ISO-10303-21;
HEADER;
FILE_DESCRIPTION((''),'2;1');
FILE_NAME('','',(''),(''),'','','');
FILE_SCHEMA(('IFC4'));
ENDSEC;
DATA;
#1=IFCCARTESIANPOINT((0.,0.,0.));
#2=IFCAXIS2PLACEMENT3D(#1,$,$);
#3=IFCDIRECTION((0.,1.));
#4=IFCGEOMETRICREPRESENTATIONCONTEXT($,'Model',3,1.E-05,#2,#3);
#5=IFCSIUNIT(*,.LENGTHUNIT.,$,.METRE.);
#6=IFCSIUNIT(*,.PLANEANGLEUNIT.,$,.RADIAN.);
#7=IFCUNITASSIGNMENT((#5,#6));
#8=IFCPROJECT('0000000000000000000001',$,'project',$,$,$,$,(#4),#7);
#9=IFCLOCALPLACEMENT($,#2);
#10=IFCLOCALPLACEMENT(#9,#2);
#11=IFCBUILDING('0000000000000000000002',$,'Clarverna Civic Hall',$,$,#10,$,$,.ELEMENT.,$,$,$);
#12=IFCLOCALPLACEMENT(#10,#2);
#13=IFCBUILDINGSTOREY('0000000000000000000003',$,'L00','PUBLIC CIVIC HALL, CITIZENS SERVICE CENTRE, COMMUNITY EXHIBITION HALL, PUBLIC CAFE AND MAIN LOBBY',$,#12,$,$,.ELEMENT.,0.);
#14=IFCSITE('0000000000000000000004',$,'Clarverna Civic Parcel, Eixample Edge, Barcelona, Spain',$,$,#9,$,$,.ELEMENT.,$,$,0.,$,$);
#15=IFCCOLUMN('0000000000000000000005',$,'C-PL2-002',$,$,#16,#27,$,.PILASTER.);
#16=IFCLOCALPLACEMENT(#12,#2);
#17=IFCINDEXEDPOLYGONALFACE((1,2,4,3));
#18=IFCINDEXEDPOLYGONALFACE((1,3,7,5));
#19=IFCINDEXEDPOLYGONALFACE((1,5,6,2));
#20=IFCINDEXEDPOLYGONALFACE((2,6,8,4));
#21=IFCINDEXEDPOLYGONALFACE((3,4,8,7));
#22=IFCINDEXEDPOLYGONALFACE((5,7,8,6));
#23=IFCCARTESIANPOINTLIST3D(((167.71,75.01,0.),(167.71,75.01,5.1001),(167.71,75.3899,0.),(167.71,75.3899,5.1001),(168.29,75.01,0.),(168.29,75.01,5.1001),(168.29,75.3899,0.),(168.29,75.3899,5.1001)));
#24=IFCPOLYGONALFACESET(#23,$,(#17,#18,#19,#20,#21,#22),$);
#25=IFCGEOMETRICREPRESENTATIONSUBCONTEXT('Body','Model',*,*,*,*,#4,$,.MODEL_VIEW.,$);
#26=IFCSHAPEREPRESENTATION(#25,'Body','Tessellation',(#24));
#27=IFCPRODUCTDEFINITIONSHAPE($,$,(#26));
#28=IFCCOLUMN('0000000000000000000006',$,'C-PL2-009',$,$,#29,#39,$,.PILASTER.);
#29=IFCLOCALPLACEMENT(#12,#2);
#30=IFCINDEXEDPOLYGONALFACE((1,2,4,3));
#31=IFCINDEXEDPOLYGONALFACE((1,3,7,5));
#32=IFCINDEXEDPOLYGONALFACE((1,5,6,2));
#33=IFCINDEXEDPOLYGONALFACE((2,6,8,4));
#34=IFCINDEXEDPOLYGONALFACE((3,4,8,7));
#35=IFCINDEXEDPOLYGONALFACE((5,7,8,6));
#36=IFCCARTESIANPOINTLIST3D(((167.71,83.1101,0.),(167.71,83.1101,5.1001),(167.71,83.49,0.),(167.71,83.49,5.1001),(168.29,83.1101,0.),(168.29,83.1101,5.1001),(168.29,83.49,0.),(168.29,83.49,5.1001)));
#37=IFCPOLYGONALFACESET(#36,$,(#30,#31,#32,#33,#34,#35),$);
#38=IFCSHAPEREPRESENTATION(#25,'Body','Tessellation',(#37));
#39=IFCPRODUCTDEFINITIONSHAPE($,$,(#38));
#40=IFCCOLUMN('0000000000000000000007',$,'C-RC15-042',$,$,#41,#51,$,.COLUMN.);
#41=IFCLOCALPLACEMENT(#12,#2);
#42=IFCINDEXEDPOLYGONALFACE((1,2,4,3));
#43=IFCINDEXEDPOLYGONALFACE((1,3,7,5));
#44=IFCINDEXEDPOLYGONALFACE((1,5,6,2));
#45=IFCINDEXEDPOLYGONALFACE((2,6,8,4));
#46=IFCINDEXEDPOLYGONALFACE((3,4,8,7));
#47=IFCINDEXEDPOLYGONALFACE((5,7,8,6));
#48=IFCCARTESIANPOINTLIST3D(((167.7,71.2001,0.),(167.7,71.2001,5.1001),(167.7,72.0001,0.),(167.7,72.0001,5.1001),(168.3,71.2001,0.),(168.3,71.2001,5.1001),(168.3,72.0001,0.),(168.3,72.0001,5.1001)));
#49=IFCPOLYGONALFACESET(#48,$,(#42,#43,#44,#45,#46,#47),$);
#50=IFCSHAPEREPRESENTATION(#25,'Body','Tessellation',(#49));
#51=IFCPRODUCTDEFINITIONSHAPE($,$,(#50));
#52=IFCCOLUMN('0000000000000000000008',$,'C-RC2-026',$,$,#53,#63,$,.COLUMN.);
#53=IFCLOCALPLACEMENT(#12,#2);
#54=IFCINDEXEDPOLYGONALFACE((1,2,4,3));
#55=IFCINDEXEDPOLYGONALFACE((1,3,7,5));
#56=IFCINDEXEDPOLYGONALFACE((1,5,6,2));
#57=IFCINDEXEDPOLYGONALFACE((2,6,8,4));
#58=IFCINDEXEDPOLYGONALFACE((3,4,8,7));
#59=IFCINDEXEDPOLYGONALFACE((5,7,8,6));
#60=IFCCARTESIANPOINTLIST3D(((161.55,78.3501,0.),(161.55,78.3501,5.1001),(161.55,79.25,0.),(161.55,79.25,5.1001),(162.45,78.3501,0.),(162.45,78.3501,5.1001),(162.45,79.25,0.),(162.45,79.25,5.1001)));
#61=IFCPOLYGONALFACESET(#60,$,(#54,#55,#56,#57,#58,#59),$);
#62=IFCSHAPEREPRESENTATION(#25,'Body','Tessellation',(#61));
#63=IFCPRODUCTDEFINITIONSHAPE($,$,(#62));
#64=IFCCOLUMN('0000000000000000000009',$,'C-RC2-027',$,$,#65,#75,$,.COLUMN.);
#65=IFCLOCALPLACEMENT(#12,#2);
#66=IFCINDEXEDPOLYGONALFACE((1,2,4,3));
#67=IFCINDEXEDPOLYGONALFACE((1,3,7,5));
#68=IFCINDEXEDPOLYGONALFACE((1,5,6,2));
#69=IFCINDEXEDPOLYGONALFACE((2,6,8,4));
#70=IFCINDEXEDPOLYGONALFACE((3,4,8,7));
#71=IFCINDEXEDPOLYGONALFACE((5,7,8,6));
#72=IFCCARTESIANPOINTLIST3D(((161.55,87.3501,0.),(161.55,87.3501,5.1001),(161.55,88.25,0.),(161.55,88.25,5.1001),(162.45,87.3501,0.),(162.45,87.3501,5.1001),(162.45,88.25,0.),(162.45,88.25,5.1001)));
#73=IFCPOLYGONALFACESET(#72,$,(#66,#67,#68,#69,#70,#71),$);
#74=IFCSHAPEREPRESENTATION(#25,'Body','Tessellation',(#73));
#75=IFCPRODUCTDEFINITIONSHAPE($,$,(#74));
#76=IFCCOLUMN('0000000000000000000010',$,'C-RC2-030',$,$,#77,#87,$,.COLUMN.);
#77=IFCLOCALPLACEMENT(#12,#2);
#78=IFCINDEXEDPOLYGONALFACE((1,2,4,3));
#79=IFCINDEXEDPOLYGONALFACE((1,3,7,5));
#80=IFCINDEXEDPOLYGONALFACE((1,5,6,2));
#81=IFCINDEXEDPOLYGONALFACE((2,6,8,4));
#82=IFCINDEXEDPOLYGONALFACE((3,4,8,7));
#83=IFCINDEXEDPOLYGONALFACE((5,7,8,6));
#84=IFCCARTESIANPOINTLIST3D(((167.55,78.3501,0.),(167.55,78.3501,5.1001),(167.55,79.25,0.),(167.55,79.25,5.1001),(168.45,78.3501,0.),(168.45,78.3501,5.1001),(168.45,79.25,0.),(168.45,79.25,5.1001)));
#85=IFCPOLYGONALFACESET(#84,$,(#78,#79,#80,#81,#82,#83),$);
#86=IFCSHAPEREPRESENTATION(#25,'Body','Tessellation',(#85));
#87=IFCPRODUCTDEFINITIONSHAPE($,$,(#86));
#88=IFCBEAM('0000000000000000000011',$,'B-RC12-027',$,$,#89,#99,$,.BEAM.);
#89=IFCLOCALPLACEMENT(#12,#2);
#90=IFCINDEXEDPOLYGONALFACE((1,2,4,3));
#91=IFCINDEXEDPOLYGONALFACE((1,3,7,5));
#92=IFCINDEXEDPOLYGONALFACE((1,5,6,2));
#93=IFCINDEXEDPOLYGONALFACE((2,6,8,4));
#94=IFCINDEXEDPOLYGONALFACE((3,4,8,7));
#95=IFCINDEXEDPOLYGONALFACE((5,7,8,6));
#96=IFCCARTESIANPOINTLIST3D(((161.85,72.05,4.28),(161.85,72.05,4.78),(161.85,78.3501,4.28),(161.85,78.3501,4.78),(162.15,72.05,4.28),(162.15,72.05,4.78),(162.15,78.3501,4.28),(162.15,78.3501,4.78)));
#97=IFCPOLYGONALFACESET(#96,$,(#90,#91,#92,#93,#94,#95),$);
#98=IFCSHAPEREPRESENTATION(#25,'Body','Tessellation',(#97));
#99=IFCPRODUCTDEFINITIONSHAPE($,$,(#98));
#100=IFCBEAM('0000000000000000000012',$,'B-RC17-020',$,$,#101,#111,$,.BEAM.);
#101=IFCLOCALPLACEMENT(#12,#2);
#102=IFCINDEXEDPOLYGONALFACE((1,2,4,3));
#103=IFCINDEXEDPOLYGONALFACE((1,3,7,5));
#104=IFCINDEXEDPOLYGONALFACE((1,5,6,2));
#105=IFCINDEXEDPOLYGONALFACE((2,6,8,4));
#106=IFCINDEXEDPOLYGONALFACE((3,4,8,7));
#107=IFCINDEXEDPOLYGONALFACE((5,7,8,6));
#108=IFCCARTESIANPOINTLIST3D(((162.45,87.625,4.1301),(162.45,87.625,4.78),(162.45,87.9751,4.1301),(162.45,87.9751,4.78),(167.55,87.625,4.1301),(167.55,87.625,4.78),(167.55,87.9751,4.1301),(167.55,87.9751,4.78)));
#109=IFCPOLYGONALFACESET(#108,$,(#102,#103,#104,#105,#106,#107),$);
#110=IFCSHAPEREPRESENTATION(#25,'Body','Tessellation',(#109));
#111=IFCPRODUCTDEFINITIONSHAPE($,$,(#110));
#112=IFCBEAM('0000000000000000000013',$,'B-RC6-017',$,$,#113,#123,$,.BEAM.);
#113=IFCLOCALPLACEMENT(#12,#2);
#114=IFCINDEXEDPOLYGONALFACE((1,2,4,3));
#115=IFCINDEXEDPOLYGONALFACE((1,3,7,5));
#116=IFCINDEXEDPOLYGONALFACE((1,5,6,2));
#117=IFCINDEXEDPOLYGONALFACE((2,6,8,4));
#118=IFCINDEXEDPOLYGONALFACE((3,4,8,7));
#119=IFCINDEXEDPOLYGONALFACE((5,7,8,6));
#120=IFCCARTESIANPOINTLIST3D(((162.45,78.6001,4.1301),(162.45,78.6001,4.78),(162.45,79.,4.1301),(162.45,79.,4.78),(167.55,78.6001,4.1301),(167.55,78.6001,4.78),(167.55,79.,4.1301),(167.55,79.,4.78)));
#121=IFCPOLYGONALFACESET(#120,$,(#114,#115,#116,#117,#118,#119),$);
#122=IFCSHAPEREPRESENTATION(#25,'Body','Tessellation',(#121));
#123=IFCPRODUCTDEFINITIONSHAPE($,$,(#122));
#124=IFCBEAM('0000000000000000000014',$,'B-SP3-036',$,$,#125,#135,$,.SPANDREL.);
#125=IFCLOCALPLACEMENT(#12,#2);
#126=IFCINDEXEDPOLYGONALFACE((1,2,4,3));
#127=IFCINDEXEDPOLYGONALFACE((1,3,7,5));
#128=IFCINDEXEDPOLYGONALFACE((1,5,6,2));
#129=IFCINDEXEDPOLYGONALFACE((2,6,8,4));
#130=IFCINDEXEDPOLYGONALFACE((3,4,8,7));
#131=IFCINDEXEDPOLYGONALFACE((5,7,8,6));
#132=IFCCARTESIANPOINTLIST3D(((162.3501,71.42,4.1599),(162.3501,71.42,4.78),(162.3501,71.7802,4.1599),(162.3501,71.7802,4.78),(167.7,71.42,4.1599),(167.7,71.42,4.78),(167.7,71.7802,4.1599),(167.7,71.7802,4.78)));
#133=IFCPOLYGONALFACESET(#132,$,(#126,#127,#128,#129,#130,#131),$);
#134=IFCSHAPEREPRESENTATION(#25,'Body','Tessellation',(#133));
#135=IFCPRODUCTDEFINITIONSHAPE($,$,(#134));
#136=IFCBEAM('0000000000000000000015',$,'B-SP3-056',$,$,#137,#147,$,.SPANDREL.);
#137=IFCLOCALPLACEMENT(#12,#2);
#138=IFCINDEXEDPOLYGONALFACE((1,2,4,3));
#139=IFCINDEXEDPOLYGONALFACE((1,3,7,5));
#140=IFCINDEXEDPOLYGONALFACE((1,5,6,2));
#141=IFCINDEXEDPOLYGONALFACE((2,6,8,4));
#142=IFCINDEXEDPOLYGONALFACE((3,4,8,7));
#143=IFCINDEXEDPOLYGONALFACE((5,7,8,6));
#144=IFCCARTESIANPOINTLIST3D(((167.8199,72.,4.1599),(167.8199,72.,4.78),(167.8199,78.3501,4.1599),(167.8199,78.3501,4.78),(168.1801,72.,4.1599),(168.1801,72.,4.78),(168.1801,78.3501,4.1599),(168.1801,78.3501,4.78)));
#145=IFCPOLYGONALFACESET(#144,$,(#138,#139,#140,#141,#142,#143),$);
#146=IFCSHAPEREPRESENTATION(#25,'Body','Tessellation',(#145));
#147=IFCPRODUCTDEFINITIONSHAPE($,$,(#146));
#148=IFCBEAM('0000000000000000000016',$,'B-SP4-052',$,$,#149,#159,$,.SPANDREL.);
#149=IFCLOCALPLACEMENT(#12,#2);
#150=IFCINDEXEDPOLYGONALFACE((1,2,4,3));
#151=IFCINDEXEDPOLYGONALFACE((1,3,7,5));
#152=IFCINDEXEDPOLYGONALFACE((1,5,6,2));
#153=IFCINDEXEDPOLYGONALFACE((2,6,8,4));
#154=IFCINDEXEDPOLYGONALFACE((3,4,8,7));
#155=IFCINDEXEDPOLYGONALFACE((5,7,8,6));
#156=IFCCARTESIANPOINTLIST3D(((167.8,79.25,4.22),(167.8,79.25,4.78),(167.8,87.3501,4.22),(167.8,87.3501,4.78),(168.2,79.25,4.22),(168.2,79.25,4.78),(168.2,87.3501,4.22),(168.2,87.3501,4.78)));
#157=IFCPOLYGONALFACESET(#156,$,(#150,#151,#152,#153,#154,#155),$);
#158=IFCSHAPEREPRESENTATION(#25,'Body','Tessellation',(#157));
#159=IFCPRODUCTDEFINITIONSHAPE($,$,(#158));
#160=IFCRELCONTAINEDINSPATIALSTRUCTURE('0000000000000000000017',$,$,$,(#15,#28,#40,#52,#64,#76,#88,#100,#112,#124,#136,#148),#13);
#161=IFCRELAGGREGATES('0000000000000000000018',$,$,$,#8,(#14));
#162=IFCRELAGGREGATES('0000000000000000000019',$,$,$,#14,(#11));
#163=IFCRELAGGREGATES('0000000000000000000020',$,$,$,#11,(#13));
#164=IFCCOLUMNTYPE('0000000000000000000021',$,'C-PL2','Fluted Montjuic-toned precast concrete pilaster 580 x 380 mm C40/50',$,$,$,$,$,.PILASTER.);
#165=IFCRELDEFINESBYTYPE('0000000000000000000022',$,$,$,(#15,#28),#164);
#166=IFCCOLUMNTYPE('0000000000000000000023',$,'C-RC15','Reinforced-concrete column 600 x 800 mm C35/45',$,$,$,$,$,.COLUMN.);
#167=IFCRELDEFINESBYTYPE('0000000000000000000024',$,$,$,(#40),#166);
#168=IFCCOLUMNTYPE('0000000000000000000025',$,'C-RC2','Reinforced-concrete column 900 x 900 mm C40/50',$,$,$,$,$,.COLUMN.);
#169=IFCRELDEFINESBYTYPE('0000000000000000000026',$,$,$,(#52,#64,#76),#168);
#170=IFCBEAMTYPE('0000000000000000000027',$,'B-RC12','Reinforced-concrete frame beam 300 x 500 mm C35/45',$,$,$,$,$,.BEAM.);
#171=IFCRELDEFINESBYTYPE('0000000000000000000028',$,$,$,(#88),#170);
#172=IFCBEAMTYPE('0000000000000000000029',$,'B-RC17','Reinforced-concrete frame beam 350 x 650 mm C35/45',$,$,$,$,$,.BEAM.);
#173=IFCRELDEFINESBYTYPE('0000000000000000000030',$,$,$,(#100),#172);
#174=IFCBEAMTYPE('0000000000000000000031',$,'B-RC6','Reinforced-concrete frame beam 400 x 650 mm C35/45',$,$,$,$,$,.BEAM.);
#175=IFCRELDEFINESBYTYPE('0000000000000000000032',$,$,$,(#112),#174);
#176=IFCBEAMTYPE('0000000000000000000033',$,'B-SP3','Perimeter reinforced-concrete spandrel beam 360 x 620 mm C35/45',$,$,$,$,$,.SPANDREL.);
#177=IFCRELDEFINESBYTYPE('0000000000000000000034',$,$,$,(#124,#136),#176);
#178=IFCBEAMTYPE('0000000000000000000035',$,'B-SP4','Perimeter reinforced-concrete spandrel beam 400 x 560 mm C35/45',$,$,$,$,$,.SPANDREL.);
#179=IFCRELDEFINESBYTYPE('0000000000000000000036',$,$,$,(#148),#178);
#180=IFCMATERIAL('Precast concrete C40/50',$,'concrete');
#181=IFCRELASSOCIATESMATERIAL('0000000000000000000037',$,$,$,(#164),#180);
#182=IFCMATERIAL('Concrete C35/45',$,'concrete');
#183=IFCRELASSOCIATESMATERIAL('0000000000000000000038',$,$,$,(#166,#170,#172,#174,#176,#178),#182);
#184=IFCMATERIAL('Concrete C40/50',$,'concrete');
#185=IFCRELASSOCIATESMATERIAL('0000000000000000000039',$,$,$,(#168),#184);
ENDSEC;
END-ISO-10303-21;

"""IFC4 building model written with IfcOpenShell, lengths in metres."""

from ifc_helpers import new_model, si_unit, direction, frame, origin, origin_2d, place, context, subcontext, project, spatial, rectangle, extrude, material, material_profile, profile_set, type_object, element, save


model = new_model("IFC4")

# Units and contexts
model_context = context("Model", 3, precision=1e-05, world=origin(), true_north=direction((0.0, 1.0)))
body_context = subcontext(model_context, "Body", "Model", "MODEL_VIEW")
ifc_project = project(units=[si_unit("LENGTHUNIT", "METRE"), si_unit("PLANEANGLEUNIT", "RADIAN")], contexts=[model_context])

# Site, building, storey
site_placement = place(None, origin())
site = spatial("IfcSite", under=ifc_project, at=site_placement, Name="Clarverna Civic Parcel, Eixample Edge, Barcelona, Spain", CompositionType="ELEMENT", RefElevation=0.0)
building_placement = place(site_placement, origin())
building = spatial("IfcBuilding", under=site, at=building_placement, Name="Clarverna Civic Hall", CompositionType="ELEMENT")
storey_placement = place(building_placement, origin())
storey = spatial("IfcBuildingStorey", under=building, at=storey_placement, Name="L00", Description="PUBLIC CIVIC HALL, CITIZENS SERVICE CENTRE, COMMUNITY EXHIBITION HALL, PUBLIC CAFE AND MAIN LOBBY", CompositionType="ELEMENT", Elevation=0.0)

# Columns
ifc_material_1 = material(Name="Precast concrete C40/50", Category="concrete")
ifc_material_profile_1 = material_profile(ifc_material_1, rectangle(XDim=0.5801, YDim=0.3799, at=origin_2d()), Name="PILASTER 580x380")
ifc_profile_set_1 = profile_set([ifc_material_profile_1], Name="Precast concrete C40/50")
column_type_1 = type_object("IfcColumnType", Name="C-PL2", Description="Fluted Montjuic-toned precast concrete pilaster 580 x 380 mm C40/50", PredefinedType="PILASTER", material=ifc_profile_set_1)
for number, where, z_axis, x_axis, name in (
    (1, (168.0, 75.2, 0.0), (0.0, 0.0, 1.0), (1.0, 0.0, 0.0), "C-PL2-002"),
    (2, (168.0, 83.3, 0.0), (0.0, 0.0, 1.0), (1.0, 0.0, 0.0), "C-PL2-009"),
):
    element("IfcColumn", number, at=place(storey_placement, frame(where, z_axis=z_axis, x_axis=x_axis)), inside=storey, type_object=column_type_1, Name=name, PredefinedType="PILASTER", context=body_context, shape_type="SweptSolid", body=[
        extrude(rectangle(XDim=0.5801, YDim=0.3799, at=origin_2d()), origin(), (0.0, 0.0, 1.0), 5.1001),
    ])
ifc_material_2 = material(Name="Concrete C35/45", Category="concrete")
ifc_material_profile_2 = material_profile(ifc_material_2, rectangle(XDim=0.6001, YDim=0.8, at=origin_2d()), Name="RC 600x800")
ifc_profile_set_2 = profile_set([ifc_material_profile_2], Name="Concrete C35/45")
column_type_2 = type_object("IfcColumnType", Name="C-RC15", Description="Reinforced-concrete column 600 x 800 mm C35/45", PredefinedType="COLUMN", material=ifc_profile_set_2)
column_placement = place(storey_placement, frame((168.0, 71.6001, 0.0), z_axis=(0.0, 0.0, 1.0), x_axis=(1.0, 0.0, 0.0)))
element("IfcColumn", 3, at=column_placement, inside=storey, type_object=column_type_2, Name="C-RC15-042", PredefinedType="COLUMN", context=body_context, shape_type="SweptSolid", body=[
    extrude(rectangle(XDim=0.6001, YDim=0.8, at=origin_2d()), origin(), (0.0, 0.0, 1.0), 5.1001),
])
ifc_material_3 = material(Name="Concrete C40/50", Category="concrete")
ifc_material_profile_3 = material_profile(ifc_material_3, rectangle(XDim=0.8999, YDim=0.8999, at=origin_2d()), Name="RC 900x900")
ifc_profile_set_3 = profile_set([ifc_material_profile_3], Name="Concrete C40/50")
column_type_3 = type_object("IfcColumnType", Name="C-RC2", Description="Reinforced-concrete column 900 x 900 mm C40/50", PredefinedType="COLUMN", material=ifc_profile_set_3)
for number, where, z_axis, x_axis, name in (
    (4, (162.0, 78.8, 0.0), (0.0, 0.0, 1.0), (1.0, 0.0, 0.0), "C-RC2-026"),
    (5, (162.0, 87.8, 0.0), (0.0, 0.0, 1.0), (1.0, 0.0, 0.0), "C-RC2-027"),
    (6, (168.0, 78.8, 0.0), (0.0, 0.0, 1.0), (1.0, 0.0, 0.0), "C-RC2-030"),
):
    element("IfcColumn", number, at=place(storey_placement, frame(where, z_axis=z_axis, x_axis=x_axis)), inside=storey, type_object=column_type_3, Name=name, PredefinedType="COLUMN", context=body_context, shape_type="SweptSolid", body=[
        extrude(rectangle(XDim=0.8999, YDim=0.8999, at=origin_2d()), origin(), (0.0, 0.0, 1.0), 5.1001),
    ])

# Beams
ifc_material_profile_4 = material_profile(ifc_material_2, rectangle(XDim=0.3, YDim=0.5, at=origin_2d()), Name="RC 300x500")
ifc_profile_set_4 = profile_set([ifc_material_profile_4], Name="Concrete C35/45")
beam_type_1 = type_object("IfcBeamType", Name="B-RC12", Description="Reinforced-concrete frame beam 300 x 500 mm C35/45", PredefinedType="BEAM", material=ifc_profile_set_4)
beam_1_placement = place(storey_placement, frame((162.0, 72.05, 4.53), z_axis=(0.0, 1.0, 0.0), x_axis=(-1.0, 0.0, 0.0)))
element("IfcBeam", 7, at=beam_1_placement, inside=storey, type_object=beam_type_1, Name="B-RC12-027", PredefinedType="BEAM", context=body_context, shape_type="SweptSolid", body=[
    extrude(rectangle(XDim=0.3, YDim=0.5, at=origin_2d()), origin(), (0.0, 0.0, 1.0), 6.3),
])
ifc_material_profile_5 = material_profile(ifc_material_2, rectangle(XDim=0.3501, YDim=0.6499, at=origin_2d()), Name="RC 350x650")
ifc_profile_set_5 = profile_set([ifc_material_profile_5], Name="Concrete C35/45")
beam_type_2 = type_object("IfcBeamType", Name="B-RC17", Description="Reinforced-concrete frame beam 350 x 650 mm C35/45", PredefinedType="BEAM", material=ifc_profile_set_5)
beam_2_placement = place(storey_placement, frame((162.45, 87.8, 4.4551), z_axis=(1.0, 0.0, 0.0), x_axis=(0.0, 1.0, 0.0)))
element("IfcBeam", 8, at=beam_2_placement, inside=storey, type_object=beam_type_2, Name="B-RC17-020", PredefinedType="BEAM", context=body_context, shape_type="SweptSolid", body=[
    extrude(rectangle(XDim=0.3501, YDim=0.6499, at=origin_2d()), origin(), (0.0, 0.0, 1.0), 5.1001),
])
ifc_material_profile_6 = material_profile(ifc_material_2, rectangle(XDim=0.3999, YDim=0.6499, at=origin_2d()), Name="RC 400x650")
ifc_profile_set_6 = profile_set([ifc_material_profile_6], Name="Concrete C35/45")
beam_type_3 = type_object("IfcBeamType", Name="B-RC6", Description="Reinforced-concrete frame beam 400 x 650 mm C35/45", PredefinedType="BEAM", material=ifc_profile_set_6)
beam_3_placement = place(storey_placement, frame((162.45, 78.8, 4.4551), z_axis=(1.0, 0.0, 0.0), x_axis=(0.0, 1.0, 0.0)))
element("IfcBeam", 9, at=beam_3_placement, inside=storey, type_object=beam_type_3, Name="B-RC6-017", PredefinedType="BEAM", context=body_context, shape_type="SweptSolid", body=[
    extrude(rectangle(XDim=0.3999, YDim=0.6499, at=origin_2d()), origin(), (0.0, 0.0, 1.0), 5.1001),
])
ifc_material_profile_7 = material_profile(ifc_material_2, rectangle(XDim=0.3601, YDim=0.6201, at=origin_2d()), Name="RC 360x620")
ifc_profile_set_7 = profile_set([ifc_material_profile_7], Name="Concrete C35/45")
beam_type_4 = type_object("IfcBeamType", Name="B-SP3", Description="Perimeter reinforced-concrete spandrel beam 360 x 620 mm C35/45", PredefinedType="SPANDREL", material=ifc_profile_set_7)
beam_4_placement = place(storey_placement, frame((162.3501, 71.6001, 4.47), z_axis=(1.0, 0.0, 0.0), x_axis=(0.0, 1.0, 0.0)))
element("IfcBeam", 10, at=beam_4_placement, inside=storey, type_object=beam_type_4, Name="B-SP3-036", PredefinedType="SPANDREL", context=body_context, shape_type="SweptSolid", body=[
    extrude(rectangle(XDim=0.3601, YDim=0.6201, at=origin_2d()), origin(), (0.0, 0.0, 1.0), 5.3499),
])
beam_5_placement = place(storey_placement, frame((168.0, 72.0, 4.47), z_axis=(0.0, 1.0, 0.0), x_axis=(-1.0, 0.0, 0.0)))
element("IfcBeam", 11, at=beam_5_placement, inside=storey, type_object=beam_type_4, Name="B-SP3-056", PredefinedType="SPANDREL", context=body_context, shape_type="SweptSolid", body=[
    extrude(rectangle(XDim=0.3601, YDim=0.6201, at=origin_2d()), origin(), (0.0, 0.0, 1.0), 6.3501),
])
ifc_material_profile_8 = material_profile(ifc_material_2, rectangle(XDim=0.3999, YDim=0.5601, at=origin_2d()), Name="RC 400x560")
ifc_profile_set_8 = profile_set([ifc_material_profile_8], Name="Concrete C35/45")
beam_type_5 = type_object("IfcBeamType", Name="B-SP4", Description="Perimeter reinforced-concrete spandrel beam 400 x 560 mm C35/45", PredefinedType="SPANDREL", material=ifc_profile_set_8)
beam_6_placement = place(storey_placement, frame((168.0, 79.25, 4.5), z_axis=(0.0, 1.0, 0.0), x_axis=(-1.0, 0.0, 0.0)))
element("IfcBeam", 12, at=beam_6_placement, inside=storey, type_object=beam_type_5, Name="B-SP4-052", PredefinedType="SPANDREL", context=body_context, shape_type="SweptSolid", body=[
    extrude(rectangle(XDim=0.3999, YDim=0.5601, at=origin_2d()), origin(), (0.0, 0.0, 1.0), 8.1001),
])

save(model, "model.ifc")
